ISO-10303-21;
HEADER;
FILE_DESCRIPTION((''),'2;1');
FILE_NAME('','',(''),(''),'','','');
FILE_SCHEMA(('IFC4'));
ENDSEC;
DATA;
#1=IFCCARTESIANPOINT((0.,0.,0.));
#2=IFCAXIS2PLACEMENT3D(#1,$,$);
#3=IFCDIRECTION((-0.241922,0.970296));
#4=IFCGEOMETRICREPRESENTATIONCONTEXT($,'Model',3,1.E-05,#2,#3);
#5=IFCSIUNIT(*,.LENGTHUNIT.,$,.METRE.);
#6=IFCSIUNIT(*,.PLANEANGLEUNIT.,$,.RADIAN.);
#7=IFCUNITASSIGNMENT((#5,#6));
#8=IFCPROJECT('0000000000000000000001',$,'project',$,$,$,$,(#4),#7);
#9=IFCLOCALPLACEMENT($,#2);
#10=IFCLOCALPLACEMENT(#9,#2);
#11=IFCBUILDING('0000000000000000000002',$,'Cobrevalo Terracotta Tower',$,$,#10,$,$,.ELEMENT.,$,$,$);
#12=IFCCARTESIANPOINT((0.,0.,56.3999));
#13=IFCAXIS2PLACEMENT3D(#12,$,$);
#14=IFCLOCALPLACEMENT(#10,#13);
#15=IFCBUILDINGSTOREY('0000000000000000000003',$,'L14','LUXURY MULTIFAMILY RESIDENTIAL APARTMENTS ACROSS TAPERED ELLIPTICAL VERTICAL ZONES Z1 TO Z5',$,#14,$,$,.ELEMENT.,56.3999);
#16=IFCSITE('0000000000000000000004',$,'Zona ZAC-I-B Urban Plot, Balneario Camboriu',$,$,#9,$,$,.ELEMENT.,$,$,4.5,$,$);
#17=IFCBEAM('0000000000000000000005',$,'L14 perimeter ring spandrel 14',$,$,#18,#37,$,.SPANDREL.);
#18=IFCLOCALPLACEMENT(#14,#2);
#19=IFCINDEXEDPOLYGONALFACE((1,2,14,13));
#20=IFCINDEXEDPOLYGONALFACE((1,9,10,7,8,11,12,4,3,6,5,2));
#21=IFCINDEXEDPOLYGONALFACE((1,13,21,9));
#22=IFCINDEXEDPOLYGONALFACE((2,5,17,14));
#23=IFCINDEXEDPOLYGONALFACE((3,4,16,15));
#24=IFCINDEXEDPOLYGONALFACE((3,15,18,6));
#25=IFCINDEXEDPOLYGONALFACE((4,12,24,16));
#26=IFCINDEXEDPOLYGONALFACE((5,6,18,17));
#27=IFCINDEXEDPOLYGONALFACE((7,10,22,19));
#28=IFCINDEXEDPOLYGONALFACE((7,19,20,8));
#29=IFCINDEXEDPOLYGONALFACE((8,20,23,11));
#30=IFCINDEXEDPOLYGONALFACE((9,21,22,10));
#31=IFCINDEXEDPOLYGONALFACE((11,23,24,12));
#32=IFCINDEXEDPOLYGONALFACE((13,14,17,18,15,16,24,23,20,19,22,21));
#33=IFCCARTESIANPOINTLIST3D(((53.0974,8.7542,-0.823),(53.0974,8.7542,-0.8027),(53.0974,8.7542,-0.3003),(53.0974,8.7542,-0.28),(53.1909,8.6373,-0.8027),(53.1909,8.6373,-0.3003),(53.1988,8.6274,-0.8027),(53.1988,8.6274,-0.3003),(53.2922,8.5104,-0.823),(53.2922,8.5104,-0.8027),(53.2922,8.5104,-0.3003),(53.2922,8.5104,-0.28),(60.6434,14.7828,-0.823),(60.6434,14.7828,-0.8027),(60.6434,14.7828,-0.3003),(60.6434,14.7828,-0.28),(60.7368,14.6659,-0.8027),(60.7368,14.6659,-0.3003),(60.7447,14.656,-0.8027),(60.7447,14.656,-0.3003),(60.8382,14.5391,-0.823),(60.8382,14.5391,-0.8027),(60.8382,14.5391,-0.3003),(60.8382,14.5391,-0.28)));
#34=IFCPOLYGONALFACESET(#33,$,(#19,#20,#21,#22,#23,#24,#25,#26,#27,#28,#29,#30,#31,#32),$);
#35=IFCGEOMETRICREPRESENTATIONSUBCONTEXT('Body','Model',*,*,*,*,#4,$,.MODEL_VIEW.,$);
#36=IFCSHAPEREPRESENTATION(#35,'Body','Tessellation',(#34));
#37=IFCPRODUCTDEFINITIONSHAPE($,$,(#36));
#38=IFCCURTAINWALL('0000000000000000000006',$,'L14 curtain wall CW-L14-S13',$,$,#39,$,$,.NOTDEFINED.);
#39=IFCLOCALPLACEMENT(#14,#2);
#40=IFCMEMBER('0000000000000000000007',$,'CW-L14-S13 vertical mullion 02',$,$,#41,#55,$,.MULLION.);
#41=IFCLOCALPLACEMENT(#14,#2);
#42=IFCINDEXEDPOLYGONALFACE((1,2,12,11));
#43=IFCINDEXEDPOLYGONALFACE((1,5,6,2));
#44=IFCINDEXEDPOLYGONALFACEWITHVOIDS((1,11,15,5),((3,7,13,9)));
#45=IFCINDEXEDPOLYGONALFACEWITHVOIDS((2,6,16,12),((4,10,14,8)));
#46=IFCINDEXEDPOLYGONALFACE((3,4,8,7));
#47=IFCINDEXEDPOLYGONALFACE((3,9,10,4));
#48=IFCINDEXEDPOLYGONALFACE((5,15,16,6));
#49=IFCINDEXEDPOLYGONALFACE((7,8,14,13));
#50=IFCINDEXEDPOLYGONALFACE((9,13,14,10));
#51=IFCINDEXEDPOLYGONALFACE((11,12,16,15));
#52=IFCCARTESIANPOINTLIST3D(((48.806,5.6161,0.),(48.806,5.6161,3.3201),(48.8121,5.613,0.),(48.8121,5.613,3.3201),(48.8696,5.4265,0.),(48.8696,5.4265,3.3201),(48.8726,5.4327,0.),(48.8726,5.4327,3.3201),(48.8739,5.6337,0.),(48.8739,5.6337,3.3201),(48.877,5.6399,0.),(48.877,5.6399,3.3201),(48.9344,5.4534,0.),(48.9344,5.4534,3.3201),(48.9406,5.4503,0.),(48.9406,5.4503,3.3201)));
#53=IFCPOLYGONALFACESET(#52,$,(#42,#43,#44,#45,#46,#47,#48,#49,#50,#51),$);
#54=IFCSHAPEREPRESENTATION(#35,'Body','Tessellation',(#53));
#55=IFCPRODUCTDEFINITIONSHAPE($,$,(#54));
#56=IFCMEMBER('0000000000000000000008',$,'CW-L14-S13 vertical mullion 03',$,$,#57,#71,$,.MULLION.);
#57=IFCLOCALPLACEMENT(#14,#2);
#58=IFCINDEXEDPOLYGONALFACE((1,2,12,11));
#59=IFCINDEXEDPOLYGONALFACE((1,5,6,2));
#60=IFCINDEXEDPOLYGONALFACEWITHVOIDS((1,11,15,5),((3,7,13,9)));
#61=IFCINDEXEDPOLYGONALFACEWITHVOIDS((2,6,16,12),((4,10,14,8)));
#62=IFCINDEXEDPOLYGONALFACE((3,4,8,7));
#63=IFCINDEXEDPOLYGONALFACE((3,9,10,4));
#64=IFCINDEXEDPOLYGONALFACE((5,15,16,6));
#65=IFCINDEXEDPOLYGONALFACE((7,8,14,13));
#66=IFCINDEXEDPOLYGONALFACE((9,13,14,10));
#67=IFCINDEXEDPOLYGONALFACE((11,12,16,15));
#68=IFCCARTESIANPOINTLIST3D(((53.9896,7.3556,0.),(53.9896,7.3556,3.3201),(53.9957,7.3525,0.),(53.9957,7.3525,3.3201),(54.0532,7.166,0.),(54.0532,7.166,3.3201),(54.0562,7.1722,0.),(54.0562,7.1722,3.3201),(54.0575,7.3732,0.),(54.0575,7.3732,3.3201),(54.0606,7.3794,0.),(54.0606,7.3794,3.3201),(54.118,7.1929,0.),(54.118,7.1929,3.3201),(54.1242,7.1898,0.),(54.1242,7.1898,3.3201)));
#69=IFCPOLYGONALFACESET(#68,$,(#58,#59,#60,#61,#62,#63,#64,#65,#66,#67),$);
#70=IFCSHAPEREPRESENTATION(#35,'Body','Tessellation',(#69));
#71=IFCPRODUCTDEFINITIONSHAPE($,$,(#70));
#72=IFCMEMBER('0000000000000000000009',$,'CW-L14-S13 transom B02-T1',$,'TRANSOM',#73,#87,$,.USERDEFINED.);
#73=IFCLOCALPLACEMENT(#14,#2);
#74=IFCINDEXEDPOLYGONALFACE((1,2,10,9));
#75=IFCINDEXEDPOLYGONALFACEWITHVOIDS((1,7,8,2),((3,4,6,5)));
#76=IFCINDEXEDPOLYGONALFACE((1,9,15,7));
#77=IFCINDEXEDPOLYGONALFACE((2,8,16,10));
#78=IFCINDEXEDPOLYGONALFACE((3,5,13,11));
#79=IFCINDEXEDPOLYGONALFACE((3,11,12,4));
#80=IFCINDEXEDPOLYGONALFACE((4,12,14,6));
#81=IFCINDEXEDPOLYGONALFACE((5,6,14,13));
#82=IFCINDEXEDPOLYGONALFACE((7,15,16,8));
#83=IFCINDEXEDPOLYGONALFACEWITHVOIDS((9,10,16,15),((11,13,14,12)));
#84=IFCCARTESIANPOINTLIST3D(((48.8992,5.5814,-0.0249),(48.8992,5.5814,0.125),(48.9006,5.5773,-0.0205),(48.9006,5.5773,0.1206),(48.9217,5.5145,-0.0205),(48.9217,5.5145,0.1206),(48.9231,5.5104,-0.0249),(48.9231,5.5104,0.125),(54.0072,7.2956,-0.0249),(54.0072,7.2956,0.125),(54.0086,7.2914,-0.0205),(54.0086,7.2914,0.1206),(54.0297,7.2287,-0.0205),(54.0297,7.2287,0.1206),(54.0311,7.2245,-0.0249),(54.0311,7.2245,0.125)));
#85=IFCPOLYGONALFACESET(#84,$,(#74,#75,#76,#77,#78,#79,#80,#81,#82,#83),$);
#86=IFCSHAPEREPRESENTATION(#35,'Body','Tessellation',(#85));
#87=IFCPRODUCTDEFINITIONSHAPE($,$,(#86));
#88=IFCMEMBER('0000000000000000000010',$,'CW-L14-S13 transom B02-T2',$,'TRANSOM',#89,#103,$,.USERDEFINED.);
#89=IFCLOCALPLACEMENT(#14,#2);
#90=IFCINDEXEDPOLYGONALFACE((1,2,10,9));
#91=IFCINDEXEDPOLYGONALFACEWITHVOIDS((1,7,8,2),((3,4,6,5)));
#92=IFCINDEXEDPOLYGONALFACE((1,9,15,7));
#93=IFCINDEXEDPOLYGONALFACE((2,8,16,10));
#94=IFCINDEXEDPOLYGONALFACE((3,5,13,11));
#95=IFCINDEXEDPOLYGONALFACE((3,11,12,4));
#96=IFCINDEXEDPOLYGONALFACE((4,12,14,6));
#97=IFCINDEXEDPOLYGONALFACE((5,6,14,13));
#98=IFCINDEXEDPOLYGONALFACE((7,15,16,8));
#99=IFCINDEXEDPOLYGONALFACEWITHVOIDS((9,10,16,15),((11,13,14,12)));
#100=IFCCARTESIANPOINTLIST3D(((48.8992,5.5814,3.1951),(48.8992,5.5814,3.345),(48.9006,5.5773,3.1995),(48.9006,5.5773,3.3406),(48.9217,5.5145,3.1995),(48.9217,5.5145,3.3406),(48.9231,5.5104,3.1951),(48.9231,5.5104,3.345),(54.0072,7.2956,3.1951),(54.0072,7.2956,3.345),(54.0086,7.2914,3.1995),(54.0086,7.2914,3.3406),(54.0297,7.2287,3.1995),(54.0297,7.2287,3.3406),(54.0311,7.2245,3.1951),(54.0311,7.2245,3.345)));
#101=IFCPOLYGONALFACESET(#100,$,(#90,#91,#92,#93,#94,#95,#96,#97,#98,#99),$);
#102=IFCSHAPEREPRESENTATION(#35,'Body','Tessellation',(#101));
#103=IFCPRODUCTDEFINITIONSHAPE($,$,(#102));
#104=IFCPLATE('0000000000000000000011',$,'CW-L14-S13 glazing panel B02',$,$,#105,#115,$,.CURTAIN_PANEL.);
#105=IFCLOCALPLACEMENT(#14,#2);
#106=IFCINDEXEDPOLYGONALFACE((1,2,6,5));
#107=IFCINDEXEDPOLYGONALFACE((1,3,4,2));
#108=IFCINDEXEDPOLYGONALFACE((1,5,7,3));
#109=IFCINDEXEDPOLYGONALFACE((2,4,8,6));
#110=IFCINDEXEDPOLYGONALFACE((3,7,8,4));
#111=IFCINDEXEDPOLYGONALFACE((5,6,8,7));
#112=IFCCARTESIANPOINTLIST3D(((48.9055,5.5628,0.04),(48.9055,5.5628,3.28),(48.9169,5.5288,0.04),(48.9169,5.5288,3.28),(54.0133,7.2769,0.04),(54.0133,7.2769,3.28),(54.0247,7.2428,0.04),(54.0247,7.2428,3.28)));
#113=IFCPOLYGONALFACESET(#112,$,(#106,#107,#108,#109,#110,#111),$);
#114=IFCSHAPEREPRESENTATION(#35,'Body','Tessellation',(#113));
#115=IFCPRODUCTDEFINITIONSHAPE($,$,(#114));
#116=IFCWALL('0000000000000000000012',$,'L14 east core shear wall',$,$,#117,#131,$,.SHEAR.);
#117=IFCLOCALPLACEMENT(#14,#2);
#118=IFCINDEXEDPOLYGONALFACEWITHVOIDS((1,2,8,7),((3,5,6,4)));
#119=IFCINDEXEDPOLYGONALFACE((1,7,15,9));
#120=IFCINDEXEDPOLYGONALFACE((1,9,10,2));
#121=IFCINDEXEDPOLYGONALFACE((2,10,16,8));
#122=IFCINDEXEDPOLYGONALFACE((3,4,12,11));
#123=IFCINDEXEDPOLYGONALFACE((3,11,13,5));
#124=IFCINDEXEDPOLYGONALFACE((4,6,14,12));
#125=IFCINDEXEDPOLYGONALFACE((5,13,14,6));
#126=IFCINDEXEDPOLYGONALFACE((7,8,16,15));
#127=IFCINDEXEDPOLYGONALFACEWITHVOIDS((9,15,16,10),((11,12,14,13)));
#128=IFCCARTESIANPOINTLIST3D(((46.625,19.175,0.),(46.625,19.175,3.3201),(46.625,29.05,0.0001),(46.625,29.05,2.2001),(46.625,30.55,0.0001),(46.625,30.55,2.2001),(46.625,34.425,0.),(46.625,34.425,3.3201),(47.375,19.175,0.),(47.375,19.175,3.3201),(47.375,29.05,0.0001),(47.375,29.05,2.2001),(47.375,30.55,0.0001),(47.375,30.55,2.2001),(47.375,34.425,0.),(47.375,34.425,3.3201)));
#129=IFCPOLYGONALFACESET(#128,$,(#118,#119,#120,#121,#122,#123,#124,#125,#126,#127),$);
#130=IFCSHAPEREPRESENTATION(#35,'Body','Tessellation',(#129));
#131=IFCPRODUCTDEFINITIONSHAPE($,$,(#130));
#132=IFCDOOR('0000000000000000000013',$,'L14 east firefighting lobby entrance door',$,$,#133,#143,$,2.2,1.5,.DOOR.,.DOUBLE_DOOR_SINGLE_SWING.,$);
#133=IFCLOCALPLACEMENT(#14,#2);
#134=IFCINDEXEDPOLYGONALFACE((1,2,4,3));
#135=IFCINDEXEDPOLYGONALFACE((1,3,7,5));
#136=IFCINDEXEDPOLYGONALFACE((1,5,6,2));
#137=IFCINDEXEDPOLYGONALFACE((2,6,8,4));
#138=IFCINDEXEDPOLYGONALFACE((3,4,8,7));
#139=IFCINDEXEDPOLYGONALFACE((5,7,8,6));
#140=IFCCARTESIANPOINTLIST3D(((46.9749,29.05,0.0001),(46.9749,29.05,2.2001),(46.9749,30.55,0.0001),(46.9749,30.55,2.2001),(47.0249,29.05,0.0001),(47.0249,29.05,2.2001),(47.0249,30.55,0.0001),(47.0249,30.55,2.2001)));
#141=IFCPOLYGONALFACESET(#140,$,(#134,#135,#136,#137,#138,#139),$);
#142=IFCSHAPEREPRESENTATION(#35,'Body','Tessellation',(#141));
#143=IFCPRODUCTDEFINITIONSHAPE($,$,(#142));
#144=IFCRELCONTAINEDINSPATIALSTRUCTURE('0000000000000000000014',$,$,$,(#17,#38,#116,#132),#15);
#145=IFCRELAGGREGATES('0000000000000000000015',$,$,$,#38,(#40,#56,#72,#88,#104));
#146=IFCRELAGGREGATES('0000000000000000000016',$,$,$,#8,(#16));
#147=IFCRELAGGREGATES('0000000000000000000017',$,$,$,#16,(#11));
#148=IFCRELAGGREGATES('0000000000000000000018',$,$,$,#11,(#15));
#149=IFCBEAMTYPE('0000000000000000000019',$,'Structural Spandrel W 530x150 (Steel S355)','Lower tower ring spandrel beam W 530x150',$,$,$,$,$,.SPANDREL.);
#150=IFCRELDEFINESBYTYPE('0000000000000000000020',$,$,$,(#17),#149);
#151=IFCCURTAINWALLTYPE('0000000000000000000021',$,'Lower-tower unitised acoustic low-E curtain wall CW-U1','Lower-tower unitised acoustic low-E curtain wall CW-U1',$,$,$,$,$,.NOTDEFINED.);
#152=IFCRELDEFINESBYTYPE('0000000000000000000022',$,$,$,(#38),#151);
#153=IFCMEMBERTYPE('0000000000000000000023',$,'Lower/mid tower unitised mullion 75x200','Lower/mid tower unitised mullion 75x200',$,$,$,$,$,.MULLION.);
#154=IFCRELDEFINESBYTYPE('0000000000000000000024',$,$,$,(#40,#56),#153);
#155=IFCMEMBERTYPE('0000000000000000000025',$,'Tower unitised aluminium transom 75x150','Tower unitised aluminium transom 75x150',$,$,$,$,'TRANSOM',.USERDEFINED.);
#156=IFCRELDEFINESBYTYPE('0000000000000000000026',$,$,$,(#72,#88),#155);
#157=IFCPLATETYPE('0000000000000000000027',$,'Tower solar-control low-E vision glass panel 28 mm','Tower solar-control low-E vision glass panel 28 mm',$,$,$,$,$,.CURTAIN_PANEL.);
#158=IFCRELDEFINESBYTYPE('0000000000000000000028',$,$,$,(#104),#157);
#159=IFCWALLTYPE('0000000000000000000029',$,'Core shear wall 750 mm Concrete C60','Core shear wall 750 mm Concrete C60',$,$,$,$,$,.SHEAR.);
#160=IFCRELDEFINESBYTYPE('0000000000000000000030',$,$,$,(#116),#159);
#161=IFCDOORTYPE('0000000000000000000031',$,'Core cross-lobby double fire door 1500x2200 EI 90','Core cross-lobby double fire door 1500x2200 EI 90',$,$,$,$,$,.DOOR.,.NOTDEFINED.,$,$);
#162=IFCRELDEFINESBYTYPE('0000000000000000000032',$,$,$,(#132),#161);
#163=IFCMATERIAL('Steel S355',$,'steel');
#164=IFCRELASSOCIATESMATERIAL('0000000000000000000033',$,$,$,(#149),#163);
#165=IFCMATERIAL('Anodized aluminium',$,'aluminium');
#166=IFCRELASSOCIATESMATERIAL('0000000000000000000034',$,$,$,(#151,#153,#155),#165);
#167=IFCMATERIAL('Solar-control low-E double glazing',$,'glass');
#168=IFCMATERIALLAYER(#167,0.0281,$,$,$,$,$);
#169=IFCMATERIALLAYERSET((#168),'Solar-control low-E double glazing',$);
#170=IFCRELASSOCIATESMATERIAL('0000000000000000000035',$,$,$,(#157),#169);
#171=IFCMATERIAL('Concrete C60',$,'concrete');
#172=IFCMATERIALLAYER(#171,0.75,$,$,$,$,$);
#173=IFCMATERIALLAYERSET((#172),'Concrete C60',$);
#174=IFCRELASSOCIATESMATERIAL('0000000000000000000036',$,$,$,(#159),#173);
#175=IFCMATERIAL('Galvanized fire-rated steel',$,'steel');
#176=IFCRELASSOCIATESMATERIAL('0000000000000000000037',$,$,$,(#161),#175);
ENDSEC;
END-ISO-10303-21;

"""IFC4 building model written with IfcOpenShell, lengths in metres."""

from ifc_helpers import new_model, si_unit, direction, frame, frame_2d, origin, origin_2d, place, context, subcontext, project, spatial, rectangle, hollow_rectangle, i_section, extrude, source, transform, mapped, material, layer, layer_set, material_profile, profile_set, type_object, element, fill, aggregate, save


model = new_model("IFC4")

# Units and contexts
model_context = context("Model", 3, precision=1e-05, world=origin(), true_north=direction((-0.241922, 0.970296)))
body_context = subcontext(model_context, "Body", "Model", "MODEL_VIEW")
ifc_project = project(units=[si_unit("LENGTHUNIT", "METRE"), si_unit("PLANEANGLEUNIT", "RADIAN")], contexts=[model_context])

# Site, building, storey
site_placement = place(None, origin())
site = spatial("IfcSite", under=ifc_project, at=site_placement, Name="Zona ZAC-I-B Urban Plot, Balneario Camboriu", CompositionType="ELEMENT", RefElevation=4.5)
building_placement = place(site_placement, origin())
building = spatial("IfcBuilding", under=site, at=building_placement, Name="Cobrevalo Terracotta Tower", CompositionType="ELEMENT")
storey_placement = place(building_placement, frame((0.0, 0.0, 56.3999)))
storey = spatial("IfcBuildingStorey", under=building, at=storey_placement, Name="L14", Description="LUXURY MULTIFAMILY RESIDENTIAL APARTMENTS ACROSS TAPERED ELLIPTICAL VERTICAL ZONES Z1 TO Z5", CompositionType="ELEMENT", Elevation=56.3999)

# Shared definitions
ifc_material_1 = material(Name="Steel S355", Category="steel")

# Beam
ifc_material_profile_1 = material_profile(ifc_material_1, i_section(OverallWidth=0.312, OverallDepth=0.543, WebThickness=0.0127, FlangeThickness=0.0203, at=origin_2d()), Name="W 530x150")
ifc_profile_set_1 = profile_set([ifc_material_profile_1], Name="Steel S355")
beam_type_1 = type_object("IfcBeamType", Name="Structural Spandrel W 530x150 (Steel S355)", Description="Lower tower ring spandrel beam W 530x150", PredefinedType="SPANDREL", material=ifc_profile_set_1)
beam_1_placement = place(storey_placement, frame((53.1948, 8.6323, -0.5515), z_axis=(0.78128, 0.62418, 0.0), x_axis=(-0.62418, 0.78128, 0.0)))
element("IfcBeam", 1, at=beam_1_placement, inside=storey, type_object=beam_type_1, Name="L14 perimeter ring spandrel 14", PredefinedType="SPANDREL", context=body_context, shape_type="SweptSolid", body=[
    extrude(i_section(OverallWidth=0.312, OverallDepth=0.543, WebThickness=0.0127, FlangeThickness=0.0203, at=origin_2d()), origin(), (0.0, 0.0, 1.0), 9.6584),
])

# Curtain wall, members, plate
ifc_material_2 = material(Name="Anodized aluminium", Category="aluminium")
curtain_wall_type = type_object("IfcCurtainWallType", Name="Lower-tower unitised acoustic low-E curtain wall CW-U1", Description="Lower-tower unitised acoustic low-E curtain wall CW-U1", PredefinedType="NOTDEFINED", material=ifc_material_2)
curtain_wall_placement = place(storey_placement, origin())
curtain_wall = element("IfcCurtainWall", 2, at=curtain_wall_placement, inside=storey, type_object=curtain_wall_type, Name="L14 curtain wall CW-L14-S13", PredefinedType="NOTDEFINED")
ifc_material_profile_2 = material_profile(ifc_material_2, hollow_rectangle(XDim=0.075, YDim=0.2, WallThickness=0.0049, at=origin_2d()), Name="CWM 75x200")
ifc_profile_set_2 = profile_set([ifc_material_profile_2], Name="Anodized aluminium")
member_type_1 = type_object("IfcMemberType", Name="Lower/mid tower unitised mullion 75x200", Description="Lower/mid tower unitised mullion 75x200", PredefinedType="MULLION", material=ifc_profile_set_2)
shared_shape_1 = source(origin(), body_context, "Body", "SweptSolid", [
    extrude(hollow_rectangle(XDim=0.075, YDim=0.2, WallThickness=0.0049, at=origin_2d()), origin(), (0.0, 0.0, 1.0), 3.3201),
])
member_1_placement = place(storey_placement, frame((48.8733, 5.5332, 0.0), z_axis=(0.0, 0.0, 1.0), x_axis=(0.948046, 0.318132, 0.0)))
member_1 = element("IfcMember", 3, at=member_1_placement, type_object=member_type_1, Name="CW-L14-S13 vertical mullion 02", PredefinedType="MULLION", context=body_context, shape_type="MappedRepresentation", body=[
    mapped(shared_shape_1, transform((0.0, 0.0, 0.0), scale=1.0)),
])
member_2_placement = place(storey_placement, frame((54.0569, 7.2727, 0.0), z_axis=(0.0, 0.0, 1.0), x_axis=(0.948046, 0.318132, 0.0)))
member_2 = element("IfcMember", 4, at=member_2_placement, type_object=member_type_1, Name="CW-L14-S13 vertical mullion 03", PredefinedType="MULLION", context=body_context, shape_type="MappedRepresentation", body=[
    mapped(shared_shape_1, transform((0.0, 0.0, 0.0), scale=1.0)),
])
ifc_material_profile_3 = material_profile(ifc_material_2, hollow_rectangle(XDim=0.075, YDim=0.1499, WallThickness=0.0044, at=origin_2d()), Name="CWT 75x150")
ifc_profile_set_3 = profile_set([ifc_material_profile_3], Name="Anodized aluminium")
member_type_2 = type_object("IfcMemberType", Name="Tower unitised aluminium transom 75x150", Description="Tower unitised aluminium transom 75x150", ElementType="TRANSOM", PredefinedType="USERDEFINED", material=ifc_profile_set_3)
shared_shape_2 = source(origin(), body_context, "Body", "SweptSolid", [
    extrude(hollow_rectangle(XDim=0.075, YDim=0.1499, WallThickness=0.0044, at=origin_2d()), origin(), (0.0, 0.0, 1.0), 5.3879),
])
member_3_placement = place(storey_placement, frame((48.9111, 5.5459, 0.05), z_axis=(0.948042, 0.318144, 0.0), x_axis=(-0.318144, 0.948042, 0.0)))
member_3 = element("IfcMember", 5, at=member_3_placement, type_object=member_type_2, Name="CW-L14-S13 transom B02-T1", ObjectType="TRANSOM", PredefinedType="USERDEFINED", context=body_context, shape_type="MappedRepresentation", body=[
    mapped(shared_shape_2, transform((0.0, 0.0, 0.0), scale=1.0)),
])
member_4_placement = place(storey_placement, frame((48.9111, 5.5459, 3.27), z_axis=(0.948042, 0.318144, 0.0), x_axis=(-0.318144, 0.948042, 0.0)))
member_4 = element("IfcMember", 6, at=member_4_placement, type_object=member_type_2, Name="CW-L14-S13 transom B02-T2", ObjectType="TRANSOM", PredefinedType="USERDEFINED", context=body_context, shape_type="MappedRepresentation", body=[
    mapped(shared_shape_2, transform((0.0, 0.0, 0.0), scale=1.0)),
])
ifc_material_3 = material(Name="Solar-control low-E double glazing", Category="glass")
ifc_layer_1 = layer(ifc_material_3, 0.0281)
ifc_layer_set_1 = layer_set([ifc_layer_1], Name="Solar-control low-E double glazing")
plate_type = type_object("IfcPlateType", Name="Tower solar-control low-E vision glass panel 28 mm", Description="Tower solar-control low-E vision glass panel 28 mm", PredefinedType="CURTAIN_PANEL", material=ifc_layer_set_1)
shared_shape_3 = source(origin(), body_context, "Body", "SweptSolid", [
    extrude(rectangle(XDim=5.3877, YDim=0.0359, at=origin_2d()), origin(), (0.0, 0.0, 1.0), 3.24),
])
plate_placement = place(storey_placement, frame((51.4651, 6.4028, 0.04), z_axis=(0.0, 0.0, 1.0), x_axis=(0.948044, 0.318139, 0.0)))
plate = element("IfcPlate", 7, at=plate_placement, type_object=plate_type, Name="CW-L14-S13 glazing panel B02", PredefinedType="CURTAIN_PANEL", context=body_context, shape_type="MappedRepresentation", body=[
    mapped(shared_shape_3, transform((0.0, 0.0, 0.0), scale=1.0)),
])
aggregate(curtain_wall, [member_1, member_2, member_3, member_4, plate])

# Wall, opening, door
ifc_material_4 = material(Name="Concrete C60", Category="concrete")
ifc_layer_2 = layer(ifc_material_4, 0.75)
ifc_layer_set_2 = layer_set([ifc_layer_2], Name="Concrete C60")
wall_type_1 = type_object("IfcWallType", Name="Core shear wall 750 mm Concrete C60", Description="Core shear wall 750 mm Concrete C60", PredefinedType="SHEAR", material=ifc_layer_set_2)
wall_1_placement = place(storey_placement, frame((47.0, 19.175, 0.0), z_axis=(0.0, 0.0, 1.0), x_axis=(0.0, 1.0, 0.0)))
wall_1 = element("IfcWall", 8, at=wall_1_placement, inside=storey, type_object=wall_type_1, Name="L14 east core shear wall", PredefinedType="SHEAR", context=body_context, shape_type="SweptSolid", body=[
    extrude(rectangle(XDim=15.25, YDim=0.75, at=frame_2d((7.625, 0.0))), origin(), (0.0, 0.0, 1.0), 3.3201),
])
opening_1_placement = place(wall_1_placement, frame((9.875, 0.0, 0.0)))
opening_1 = element("IfcOpeningElement", 9, at=opening_1_placement, cuts=wall_1, PredefinedType="OPENING", context=body_context, shape_type="SweptSolid", body=[
    extrude(rectangle(XDim=1.5, YDim=2.2, at=frame_2d((0.75, 1.1001))), frame((0.0, 0.385, 0.0), z_axis=(0.0, -1.0, 0.0), x_axis=(1.0, 0.0, 0.0)), (0.0, 0.0, 1.0), 0.77),
])
ifc_material_5 = material(Name="Galvanized fire-rated steel", Category="steel")
door_type_1 = type_object("IfcDoorType", Name="Core cross-lobby double fire door 1500x2200 EI 90", Description="Core cross-lobby double fire door 1500x2200 EI 90", OperationType="NOTDEFINED", PredefinedType="DOOR", material=ifc_material_5)
shared_shape_4 = source(origin(), body_context, "Body", "SweptSolid", [
    extrude(rectangle(XDim=1.5, YDim=2.2, at=frame_2d((0.75, 1.1001))), frame((0.0, 0.0249, 0.0), z_axis=(0.0, -1.0, 0.0), x_axis=(1.0, 0.0, 0.0)), (0.0, 0.0, 1.0), 0.05),
])
door_1_placement = place(opening_1_placement, frame((1.5, 0.0, 0.0), z_axis=(0.0, 0.0, 1.0), x_axis=(-1.0, 0.0, 0.0)))
door_1 = element("IfcDoor", 10, at=door_1_placement, inside=storey, type_object=door_type_1, Name="L14 east firefighting lobby entrance door", OperationType="DOUBLE_DOOR_SINGLE_SWING", OverallHeight=2.2, OverallWidth=1.5, PredefinedType="DOOR", context=body_context, shape_type="MappedRepresentation", body=[
    mapped(shared_shape_4, transform((0.0, 0.0, 0.0), scale=1.0)),
])
fill(opening_1, door_1)

save(model, "model.ifc")
